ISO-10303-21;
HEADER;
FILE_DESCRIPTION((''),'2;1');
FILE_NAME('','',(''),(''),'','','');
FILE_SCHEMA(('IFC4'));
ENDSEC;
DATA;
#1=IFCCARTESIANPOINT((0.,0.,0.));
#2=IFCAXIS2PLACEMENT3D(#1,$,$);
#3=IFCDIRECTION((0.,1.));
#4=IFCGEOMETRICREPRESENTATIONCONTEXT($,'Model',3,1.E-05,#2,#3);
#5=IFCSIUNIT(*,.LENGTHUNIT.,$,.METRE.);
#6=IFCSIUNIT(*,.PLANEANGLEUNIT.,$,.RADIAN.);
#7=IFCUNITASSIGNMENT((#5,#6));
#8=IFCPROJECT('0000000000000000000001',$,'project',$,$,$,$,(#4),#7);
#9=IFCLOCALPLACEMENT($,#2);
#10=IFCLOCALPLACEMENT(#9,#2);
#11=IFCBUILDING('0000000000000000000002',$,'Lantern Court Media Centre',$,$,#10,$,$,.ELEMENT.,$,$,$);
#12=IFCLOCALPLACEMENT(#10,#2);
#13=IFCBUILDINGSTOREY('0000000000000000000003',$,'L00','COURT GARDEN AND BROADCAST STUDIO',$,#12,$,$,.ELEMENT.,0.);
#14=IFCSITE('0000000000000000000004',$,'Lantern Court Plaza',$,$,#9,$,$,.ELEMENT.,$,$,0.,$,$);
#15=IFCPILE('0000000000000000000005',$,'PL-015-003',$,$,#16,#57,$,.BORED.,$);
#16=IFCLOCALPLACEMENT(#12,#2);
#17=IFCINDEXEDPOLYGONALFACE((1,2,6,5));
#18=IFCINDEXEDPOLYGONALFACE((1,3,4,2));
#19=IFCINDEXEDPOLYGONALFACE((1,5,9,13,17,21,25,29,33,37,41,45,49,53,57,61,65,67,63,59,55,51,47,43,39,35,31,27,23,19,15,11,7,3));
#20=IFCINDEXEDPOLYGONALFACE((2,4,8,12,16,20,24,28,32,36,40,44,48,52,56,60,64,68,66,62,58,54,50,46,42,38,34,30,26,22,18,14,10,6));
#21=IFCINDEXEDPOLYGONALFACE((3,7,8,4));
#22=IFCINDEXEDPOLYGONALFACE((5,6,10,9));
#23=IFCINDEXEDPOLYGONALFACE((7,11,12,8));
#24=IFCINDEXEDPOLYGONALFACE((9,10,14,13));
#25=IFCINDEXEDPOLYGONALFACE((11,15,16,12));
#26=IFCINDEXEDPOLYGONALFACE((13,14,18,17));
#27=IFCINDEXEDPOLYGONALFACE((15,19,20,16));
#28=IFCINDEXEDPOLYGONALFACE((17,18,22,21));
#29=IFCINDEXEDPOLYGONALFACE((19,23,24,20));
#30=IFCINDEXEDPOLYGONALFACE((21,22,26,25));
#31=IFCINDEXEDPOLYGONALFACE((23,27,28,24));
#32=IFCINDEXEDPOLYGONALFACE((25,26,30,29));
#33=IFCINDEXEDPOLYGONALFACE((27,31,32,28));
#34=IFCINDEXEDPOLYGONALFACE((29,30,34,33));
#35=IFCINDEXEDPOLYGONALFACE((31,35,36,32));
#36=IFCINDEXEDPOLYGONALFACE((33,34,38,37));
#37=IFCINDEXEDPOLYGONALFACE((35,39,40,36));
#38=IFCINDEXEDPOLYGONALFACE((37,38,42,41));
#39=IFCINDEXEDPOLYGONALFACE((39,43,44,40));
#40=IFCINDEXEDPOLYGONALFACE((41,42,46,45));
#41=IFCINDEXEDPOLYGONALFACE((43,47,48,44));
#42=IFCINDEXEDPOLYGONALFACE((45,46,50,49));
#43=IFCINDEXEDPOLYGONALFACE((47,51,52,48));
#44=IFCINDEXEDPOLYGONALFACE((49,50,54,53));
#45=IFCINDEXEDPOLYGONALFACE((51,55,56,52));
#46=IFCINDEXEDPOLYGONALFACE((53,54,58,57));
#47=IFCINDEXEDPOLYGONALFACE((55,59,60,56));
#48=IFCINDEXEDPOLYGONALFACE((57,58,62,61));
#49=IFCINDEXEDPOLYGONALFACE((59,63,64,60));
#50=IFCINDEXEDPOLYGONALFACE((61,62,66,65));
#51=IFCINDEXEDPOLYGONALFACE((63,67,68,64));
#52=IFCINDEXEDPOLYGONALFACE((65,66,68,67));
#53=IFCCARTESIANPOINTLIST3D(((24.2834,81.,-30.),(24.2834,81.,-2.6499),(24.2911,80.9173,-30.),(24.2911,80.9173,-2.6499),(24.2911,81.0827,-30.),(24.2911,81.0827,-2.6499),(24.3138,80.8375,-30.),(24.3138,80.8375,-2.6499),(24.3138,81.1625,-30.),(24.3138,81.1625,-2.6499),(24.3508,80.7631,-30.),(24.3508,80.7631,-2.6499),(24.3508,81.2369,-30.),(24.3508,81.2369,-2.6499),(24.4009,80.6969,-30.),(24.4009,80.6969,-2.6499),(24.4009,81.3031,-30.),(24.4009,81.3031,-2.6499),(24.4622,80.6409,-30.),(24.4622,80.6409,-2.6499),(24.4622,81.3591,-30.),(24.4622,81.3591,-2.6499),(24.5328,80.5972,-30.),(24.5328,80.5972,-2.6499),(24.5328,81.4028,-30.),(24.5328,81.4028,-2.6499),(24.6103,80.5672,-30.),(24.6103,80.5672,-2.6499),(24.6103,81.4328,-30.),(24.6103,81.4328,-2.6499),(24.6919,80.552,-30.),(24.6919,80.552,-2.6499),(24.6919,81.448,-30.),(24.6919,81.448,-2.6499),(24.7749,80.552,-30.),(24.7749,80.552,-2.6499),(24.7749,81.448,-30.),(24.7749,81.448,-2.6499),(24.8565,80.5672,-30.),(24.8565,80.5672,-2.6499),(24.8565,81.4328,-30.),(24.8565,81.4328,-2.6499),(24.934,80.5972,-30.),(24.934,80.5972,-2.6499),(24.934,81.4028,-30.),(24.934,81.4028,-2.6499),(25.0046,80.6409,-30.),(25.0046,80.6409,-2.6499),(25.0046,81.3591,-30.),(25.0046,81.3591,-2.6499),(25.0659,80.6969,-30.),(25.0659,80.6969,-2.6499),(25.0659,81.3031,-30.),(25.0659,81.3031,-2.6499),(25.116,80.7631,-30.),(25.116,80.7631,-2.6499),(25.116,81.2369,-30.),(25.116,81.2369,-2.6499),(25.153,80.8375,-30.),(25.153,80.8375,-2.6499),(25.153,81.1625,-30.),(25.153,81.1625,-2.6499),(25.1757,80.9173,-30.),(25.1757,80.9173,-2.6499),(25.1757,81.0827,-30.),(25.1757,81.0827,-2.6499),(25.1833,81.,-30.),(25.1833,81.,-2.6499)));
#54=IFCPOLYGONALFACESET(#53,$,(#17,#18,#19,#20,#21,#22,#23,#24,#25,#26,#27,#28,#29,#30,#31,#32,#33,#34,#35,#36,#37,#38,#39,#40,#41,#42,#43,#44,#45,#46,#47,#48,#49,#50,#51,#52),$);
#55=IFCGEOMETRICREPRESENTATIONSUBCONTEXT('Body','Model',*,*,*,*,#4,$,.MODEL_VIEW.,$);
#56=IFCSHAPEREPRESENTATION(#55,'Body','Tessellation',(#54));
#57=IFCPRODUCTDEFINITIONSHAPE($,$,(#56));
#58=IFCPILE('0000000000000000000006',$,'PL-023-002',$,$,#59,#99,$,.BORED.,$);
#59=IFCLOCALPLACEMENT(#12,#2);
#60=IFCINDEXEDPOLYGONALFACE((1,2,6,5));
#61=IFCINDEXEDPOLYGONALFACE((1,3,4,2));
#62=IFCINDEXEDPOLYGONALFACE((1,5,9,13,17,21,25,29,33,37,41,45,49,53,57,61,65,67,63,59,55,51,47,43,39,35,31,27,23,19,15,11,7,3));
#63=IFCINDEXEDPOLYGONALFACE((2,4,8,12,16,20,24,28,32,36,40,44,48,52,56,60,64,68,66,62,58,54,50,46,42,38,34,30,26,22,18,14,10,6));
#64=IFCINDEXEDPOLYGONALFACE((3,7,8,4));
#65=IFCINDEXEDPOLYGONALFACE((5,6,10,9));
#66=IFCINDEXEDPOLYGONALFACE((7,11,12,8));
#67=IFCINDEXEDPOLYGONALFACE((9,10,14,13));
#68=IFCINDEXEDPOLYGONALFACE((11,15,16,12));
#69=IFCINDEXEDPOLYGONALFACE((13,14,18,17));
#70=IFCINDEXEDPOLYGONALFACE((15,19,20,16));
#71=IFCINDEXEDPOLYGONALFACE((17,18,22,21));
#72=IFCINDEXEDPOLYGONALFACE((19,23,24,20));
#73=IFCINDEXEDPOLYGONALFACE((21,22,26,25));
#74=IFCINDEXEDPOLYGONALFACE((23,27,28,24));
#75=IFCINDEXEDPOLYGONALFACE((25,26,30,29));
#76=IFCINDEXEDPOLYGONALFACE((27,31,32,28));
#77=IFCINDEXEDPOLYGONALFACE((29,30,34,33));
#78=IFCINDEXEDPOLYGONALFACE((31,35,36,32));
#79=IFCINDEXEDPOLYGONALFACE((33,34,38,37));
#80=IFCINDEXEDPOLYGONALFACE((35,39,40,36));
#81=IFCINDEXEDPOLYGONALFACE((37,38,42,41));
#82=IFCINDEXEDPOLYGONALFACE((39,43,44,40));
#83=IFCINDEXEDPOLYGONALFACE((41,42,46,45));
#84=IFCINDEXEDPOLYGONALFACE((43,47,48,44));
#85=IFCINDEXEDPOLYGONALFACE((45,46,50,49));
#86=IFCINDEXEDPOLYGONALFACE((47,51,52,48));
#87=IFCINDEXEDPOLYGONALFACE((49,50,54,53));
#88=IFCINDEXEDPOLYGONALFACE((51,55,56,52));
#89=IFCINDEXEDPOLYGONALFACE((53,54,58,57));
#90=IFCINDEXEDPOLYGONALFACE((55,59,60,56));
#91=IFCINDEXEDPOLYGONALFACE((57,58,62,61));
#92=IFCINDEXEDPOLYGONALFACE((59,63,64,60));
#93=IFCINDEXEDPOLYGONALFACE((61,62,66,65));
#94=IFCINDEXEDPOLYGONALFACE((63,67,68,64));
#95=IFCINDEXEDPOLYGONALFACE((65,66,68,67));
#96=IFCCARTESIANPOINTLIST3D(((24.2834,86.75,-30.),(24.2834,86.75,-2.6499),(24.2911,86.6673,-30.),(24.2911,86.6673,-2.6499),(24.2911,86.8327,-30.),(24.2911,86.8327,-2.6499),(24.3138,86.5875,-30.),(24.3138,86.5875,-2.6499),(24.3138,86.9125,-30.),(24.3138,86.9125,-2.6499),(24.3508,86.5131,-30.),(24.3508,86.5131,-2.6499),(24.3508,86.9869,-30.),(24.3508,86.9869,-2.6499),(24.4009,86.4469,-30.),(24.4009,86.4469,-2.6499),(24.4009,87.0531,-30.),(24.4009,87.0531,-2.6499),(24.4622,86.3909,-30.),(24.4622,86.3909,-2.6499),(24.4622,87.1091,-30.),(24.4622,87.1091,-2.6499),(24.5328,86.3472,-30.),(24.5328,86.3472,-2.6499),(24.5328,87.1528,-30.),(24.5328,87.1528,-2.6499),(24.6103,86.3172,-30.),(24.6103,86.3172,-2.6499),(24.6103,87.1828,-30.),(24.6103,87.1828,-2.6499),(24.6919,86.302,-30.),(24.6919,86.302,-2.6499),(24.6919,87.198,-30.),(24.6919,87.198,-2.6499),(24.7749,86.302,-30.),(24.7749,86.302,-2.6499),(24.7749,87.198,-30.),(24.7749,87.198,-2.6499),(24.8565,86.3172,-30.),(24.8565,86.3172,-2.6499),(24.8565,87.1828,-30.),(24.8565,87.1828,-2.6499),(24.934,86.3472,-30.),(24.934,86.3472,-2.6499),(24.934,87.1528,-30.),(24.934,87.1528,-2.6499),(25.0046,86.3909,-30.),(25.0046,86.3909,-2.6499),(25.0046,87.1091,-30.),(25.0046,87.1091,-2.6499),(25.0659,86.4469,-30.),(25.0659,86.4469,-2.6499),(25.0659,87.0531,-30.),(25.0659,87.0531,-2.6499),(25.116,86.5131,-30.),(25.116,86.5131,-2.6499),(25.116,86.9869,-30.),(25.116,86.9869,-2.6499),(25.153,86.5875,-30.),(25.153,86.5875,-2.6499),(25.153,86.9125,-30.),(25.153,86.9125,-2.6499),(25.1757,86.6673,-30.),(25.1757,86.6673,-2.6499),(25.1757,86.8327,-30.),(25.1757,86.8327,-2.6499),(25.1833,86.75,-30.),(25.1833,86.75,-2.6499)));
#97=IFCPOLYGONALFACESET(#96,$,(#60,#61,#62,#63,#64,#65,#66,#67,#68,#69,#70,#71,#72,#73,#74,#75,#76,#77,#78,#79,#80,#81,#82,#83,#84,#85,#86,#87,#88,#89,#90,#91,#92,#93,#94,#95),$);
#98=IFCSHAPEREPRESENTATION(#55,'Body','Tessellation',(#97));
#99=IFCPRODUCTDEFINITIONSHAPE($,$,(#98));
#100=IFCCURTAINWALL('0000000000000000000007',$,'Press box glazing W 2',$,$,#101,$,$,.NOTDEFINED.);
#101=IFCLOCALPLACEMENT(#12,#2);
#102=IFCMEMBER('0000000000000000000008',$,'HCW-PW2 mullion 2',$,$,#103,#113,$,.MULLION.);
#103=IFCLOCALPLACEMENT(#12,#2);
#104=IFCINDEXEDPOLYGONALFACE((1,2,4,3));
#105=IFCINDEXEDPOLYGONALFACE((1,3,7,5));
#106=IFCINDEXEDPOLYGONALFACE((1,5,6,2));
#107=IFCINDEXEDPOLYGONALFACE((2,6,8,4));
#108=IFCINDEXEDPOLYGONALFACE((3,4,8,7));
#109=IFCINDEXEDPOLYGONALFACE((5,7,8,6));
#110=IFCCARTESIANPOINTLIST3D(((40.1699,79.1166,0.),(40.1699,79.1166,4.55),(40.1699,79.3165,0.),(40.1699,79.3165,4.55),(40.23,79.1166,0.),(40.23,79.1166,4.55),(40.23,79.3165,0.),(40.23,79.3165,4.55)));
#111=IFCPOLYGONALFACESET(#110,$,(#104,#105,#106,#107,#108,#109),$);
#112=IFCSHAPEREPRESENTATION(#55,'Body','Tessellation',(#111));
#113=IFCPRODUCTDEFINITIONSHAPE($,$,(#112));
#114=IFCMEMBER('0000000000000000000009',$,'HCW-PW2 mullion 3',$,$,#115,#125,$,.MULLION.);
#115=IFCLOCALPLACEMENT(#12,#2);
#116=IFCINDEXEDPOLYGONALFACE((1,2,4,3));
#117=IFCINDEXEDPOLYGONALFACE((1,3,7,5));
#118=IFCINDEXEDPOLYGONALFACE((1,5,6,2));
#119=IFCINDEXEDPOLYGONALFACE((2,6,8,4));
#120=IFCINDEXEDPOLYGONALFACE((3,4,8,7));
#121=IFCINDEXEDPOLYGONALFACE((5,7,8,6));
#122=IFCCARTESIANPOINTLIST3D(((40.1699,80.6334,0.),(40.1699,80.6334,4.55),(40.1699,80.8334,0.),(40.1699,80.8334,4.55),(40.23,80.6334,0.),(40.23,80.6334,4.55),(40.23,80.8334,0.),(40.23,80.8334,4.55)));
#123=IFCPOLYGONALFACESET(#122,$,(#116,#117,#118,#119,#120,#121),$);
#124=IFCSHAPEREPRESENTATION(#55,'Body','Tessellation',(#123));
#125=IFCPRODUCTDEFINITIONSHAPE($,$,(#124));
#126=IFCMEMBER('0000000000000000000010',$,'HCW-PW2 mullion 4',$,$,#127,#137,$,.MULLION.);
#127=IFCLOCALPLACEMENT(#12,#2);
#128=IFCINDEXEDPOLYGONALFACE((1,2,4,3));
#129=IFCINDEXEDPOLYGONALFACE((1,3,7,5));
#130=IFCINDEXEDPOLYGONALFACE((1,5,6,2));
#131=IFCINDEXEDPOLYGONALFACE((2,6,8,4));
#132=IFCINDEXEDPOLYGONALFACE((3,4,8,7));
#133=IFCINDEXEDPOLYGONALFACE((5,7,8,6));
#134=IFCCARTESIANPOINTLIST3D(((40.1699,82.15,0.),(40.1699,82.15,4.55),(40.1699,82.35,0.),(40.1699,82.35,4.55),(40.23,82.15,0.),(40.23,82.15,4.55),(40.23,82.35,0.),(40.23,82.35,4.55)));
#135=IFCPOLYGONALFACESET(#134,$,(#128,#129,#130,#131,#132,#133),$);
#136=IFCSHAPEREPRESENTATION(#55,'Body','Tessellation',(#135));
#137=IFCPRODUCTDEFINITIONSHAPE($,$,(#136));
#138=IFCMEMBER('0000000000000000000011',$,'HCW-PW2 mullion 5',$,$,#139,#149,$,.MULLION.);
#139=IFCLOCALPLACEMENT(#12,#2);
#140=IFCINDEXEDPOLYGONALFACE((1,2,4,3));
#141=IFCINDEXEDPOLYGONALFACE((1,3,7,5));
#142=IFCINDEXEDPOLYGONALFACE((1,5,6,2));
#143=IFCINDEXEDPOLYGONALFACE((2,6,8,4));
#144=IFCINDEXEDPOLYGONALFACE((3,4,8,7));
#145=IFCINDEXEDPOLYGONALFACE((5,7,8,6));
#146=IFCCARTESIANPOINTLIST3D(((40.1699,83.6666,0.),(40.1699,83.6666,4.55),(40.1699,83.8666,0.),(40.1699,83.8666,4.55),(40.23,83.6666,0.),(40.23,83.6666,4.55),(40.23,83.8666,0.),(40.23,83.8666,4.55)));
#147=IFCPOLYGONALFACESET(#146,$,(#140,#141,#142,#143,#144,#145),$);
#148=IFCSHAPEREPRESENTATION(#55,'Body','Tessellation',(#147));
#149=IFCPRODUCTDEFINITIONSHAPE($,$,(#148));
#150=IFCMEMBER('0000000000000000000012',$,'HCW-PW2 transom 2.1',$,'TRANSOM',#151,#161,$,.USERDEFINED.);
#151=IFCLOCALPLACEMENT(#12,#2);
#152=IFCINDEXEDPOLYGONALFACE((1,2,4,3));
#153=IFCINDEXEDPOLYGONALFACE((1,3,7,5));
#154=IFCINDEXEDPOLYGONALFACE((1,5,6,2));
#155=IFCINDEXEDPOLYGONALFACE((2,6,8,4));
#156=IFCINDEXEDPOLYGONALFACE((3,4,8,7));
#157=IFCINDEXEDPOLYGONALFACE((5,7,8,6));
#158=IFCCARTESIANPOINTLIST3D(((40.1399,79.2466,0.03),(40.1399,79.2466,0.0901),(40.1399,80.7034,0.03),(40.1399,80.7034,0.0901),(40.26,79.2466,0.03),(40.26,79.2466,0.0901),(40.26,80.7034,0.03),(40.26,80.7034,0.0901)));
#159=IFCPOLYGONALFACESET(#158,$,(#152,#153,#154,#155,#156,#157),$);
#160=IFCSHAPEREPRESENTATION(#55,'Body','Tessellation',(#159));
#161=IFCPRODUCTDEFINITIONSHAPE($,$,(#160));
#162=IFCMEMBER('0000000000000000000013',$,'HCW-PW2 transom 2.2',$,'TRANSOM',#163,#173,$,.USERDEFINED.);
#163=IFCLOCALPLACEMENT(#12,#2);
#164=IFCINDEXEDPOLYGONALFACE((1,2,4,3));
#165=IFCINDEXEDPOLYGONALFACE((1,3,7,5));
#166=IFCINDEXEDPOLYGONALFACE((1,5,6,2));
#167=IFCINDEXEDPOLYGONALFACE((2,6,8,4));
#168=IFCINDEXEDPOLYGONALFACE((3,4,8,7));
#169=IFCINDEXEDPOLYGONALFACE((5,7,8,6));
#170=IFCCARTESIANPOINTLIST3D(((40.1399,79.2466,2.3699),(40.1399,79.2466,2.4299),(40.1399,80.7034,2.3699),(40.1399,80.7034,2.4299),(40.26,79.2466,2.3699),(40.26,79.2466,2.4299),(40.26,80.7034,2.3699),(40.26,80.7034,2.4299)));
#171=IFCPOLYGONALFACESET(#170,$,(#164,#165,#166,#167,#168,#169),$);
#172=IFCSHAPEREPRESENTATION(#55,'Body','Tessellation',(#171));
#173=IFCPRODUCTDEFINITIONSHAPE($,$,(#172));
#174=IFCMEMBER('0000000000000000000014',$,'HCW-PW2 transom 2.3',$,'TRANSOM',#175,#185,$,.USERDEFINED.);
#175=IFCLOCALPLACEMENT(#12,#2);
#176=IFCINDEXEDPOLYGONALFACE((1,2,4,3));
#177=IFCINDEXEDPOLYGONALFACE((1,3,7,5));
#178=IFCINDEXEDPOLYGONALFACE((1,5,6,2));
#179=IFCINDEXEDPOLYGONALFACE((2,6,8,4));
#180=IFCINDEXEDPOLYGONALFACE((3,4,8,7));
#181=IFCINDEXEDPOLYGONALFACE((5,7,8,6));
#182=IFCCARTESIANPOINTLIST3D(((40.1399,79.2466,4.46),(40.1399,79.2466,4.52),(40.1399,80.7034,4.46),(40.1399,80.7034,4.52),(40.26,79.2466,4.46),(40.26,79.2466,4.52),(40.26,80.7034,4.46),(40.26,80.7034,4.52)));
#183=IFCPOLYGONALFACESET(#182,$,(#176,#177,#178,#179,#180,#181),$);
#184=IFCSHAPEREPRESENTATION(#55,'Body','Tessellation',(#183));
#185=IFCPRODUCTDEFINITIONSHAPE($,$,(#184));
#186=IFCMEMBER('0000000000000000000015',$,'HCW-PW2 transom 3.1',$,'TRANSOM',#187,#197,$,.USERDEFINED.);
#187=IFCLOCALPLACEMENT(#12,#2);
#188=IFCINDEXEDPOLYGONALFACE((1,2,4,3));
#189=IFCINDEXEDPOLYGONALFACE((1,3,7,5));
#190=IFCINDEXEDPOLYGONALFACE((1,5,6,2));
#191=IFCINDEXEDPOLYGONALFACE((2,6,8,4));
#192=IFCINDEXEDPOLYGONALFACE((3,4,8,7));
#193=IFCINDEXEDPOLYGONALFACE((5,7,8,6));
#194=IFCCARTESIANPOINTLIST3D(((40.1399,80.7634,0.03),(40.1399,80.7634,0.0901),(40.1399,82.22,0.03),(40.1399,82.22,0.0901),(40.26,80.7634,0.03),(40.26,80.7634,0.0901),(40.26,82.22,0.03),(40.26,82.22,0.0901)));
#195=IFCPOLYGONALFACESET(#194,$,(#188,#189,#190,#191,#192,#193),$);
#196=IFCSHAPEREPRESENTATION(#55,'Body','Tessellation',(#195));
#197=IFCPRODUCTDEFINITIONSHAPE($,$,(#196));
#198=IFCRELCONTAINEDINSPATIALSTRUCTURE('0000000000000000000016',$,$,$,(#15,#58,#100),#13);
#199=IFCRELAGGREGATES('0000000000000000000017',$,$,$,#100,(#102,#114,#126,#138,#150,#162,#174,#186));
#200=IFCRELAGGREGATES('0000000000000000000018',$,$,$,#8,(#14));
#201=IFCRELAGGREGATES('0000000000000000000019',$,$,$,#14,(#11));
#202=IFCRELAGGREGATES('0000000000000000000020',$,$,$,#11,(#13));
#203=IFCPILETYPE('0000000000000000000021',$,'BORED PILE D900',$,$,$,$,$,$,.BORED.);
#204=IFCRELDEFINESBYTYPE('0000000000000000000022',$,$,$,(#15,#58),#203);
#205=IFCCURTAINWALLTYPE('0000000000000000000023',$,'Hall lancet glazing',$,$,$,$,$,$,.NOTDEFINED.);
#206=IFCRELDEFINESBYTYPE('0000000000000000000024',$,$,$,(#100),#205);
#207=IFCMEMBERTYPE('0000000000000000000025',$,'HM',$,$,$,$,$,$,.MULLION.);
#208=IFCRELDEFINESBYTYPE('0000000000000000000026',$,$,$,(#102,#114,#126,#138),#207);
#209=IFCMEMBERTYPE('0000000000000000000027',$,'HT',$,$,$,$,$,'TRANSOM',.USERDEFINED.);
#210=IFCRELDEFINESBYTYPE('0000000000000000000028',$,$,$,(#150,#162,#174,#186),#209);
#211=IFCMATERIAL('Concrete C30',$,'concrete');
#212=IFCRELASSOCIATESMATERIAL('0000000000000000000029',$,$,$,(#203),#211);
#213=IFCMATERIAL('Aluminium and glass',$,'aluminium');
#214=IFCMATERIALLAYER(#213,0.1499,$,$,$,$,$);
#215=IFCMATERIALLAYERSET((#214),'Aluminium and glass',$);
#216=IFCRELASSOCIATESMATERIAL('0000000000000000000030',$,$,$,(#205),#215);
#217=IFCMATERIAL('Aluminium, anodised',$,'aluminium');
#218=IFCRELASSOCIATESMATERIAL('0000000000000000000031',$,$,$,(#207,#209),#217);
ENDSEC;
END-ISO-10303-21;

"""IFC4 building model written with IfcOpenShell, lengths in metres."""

from ifc_helpers import new_model, si_unit, direction, frame, origin, origin_2d, place, context, subcontext, project, spatial, rectangle, circle, extrude, material, layer, layer_set, material_profile, profile_set, type_object, element, aggregate, save


model = new_model("IFC4")

# Units and contexts
model_context = context("Model", 3, precision=1e-05, world=origin(), true_north=direction((0.0, 1.0)))
body_context = subcontext(model_context, "Body", "Model", "MODEL_VIEW")
ifc_project = project(units=[si_unit("LENGTHUNIT", "METRE"), si_unit("PLANEANGLEUNIT", "RADIAN")], contexts=[model_context])

# Site, building, storey
site_placement = place(None, origin())
site = spatial("IfcSite", under=ifc_project, at=site_placement, Name="Lantern Court Plaza", CompositionType="ELEMENT", RefElevation=0.0)
building_placement = place(site_placement, origin())
building = spatial("IfcBuilding", under=site, at=building_placement, Name="Lantern Court Media Centre", CompositionType="ELEMENT")
storey_placement = place(building_placement, origin())
storey = spatial("IfcBuildingStorey", under=building, at=storey_placement, Name="L00", Description="COURT GARDEN AND BROADCAST STUDIO", CompositionType="ELEMENT", Elevation=0.0)

# Piles
ifc_material_1 = material(Name="Concrete C30", Category="concrete")
ifc_material_profile_1 = material_profile(ifc_material_1, circle(Radius=0.45, at=origin_2d()), Name="D900")
ifc_profile_set_1 = profile_set([ifc_material_profile_1], Name="Concrete C30")
pile_type_1 = type_object("IfcPileType", Name="BORED PILE D900", PredefinedType="BORED", material=ifc_profile_set_1)
for number, where, z_axis, x_axis, name in (
    (1, (24.7334, 81.0, -2.6499), (0.0, 0.0, -1.0), (1.0, 0.0, 0.0), "PL-015-003"),
    (2, (24.7334, 86.75, -2.6499), (0.0, 0.0, -1.0), (1.0, 0.0, 0.0), "PL-023-002"),
):
    element("IfcPile", number, at=place(storey_placement, frame(where, z_axis=z_axis, x_axis=x_axis)), inside=storey, type_object=pile_type_1, Name=name, PredefinedType="BORED", context=body_context, shape_type="SweptSolid", body=[
        extrude(circle(Radius=0.45, at=origin_2d()), origin(), (0.0, 0.0, 1.0), 27.3501),
    ])

# Curtain wall, members
ifc_material_2 = material(Name="Aluminium and glass", Category="aluminium")
ifc_layer_1 = layer(ifc_material_2, 0.1499)
ifc_layer_set_1 = layer_set([ifc_layer_1], Name="Aluminium and glass")
curtain_wall_type = type_object("IfcCurtainWallType", Name="Hall lancet glazing", PredefinedType="NOTDEFINED", material=ifc_layer_set_1)
curtain_wall_placement = place(storey_placement, origin())
curtain_wall = element("IfcCurtainWall", 3, at=curtain_wall_placement, inside=storey, type_object=curtain_wall_type, Name="Press box glazing W 2", PredefinedType="NOTDEFINED")
ifc_material_3 = material(Name="Aluminium, anodised", Category="aluminium")
ifc_material_profile_2 = material_profile(ifc_material_3, rectangle(XDim=0.0601, YDim=0.2, at=origin_2d()), Name="HM")
ifc_profile_set_2 = profile_set([ifc_material_profile_2], Name="Aluminium, anodised")
member_type_1 = type_object("IfcMemberType", Name="HM", PredefinedType="MULLION", material=ifc_profile_set_2)
member_1_placement = place(storey_placement, frame((40.2, 79.2166, 0.0), z_axis=(0.0, 0.0, 1.0), x_axis=(-1.0, 0.0, 0.0)))
member_1 = element("IfcMember", 4, at=member_1_placement, type_object=member_type_1, Name="HCW-PW2 mullion 2", PredefinedType="MULLION", context=body_context, shape_type="SweptSolid", body=[
    extrude(rectangle(XDim=0.0601, YDim=0.2, at=origin_2d()), origin(), (0.0, 0.0, 1.0), 4.55),
])
member_2_placement = place(storey_placement, frame((40.2, 80.7334, 0.0), z_axis=(0.0, 0.0, 1.0), x_axis=(-1.0, 0.0, 0.0)))
member_2 = element("IfcMember", 5, at=member_2_placement, type_object=member_type_1, Name="HCW-PW2 mullion 3", PredefinedType="MULLION", context=body_context, shape_type="SweptSolid", body=[
    extrude(rectangle(XDim=0.0601, YDim=0.2, at=origin_2d()), origin(), (0.0, 0.0, 1.0), 4.55),
])
member_3_placement = place(storey_placement, frame((40.2, 82.25, 0.0), z_axis=(0.0, 0.0, 1.0), x_axis=(-1.0, 0.0, 0.0)))
member_3 = element("IfcMember", 6, at=member_3_placement, type_object=member_type_1, Name="HCW-PW2 mullion 4", PredefinedType="MULLION", context=body_context, shape_type="SweptSolid", body=[
    extrude(rectangle(XDim=0.0601, YDim=0.2, at=origin_2d()), origin(), (0.0, 0.0, 1.0), 4.55),
])
member_4_placement = place(storey_placement, frame((40.2, 83.7666, 0.0), z_axis=(0.0, 0.0, 1.0), x_axis=(-1.0, 0.0, 0.0)))
member_4 = element("IfcMember", 7, at=member_4_placement, type_object=member_type_1, Name="HCW-PW2 mullion 5", PredefinedType="MULLION", context=body_context, shape_type="SweptSolid", body=[
    extrude(rectangle(XDim=0.0601, YDim=0.2, at=origin_2d()), origin(), (0.0, 0.0, 1.0), 4.55),
])
ifc_material_profile_3 = material_profile(ifc_material_3, rectangle(XDim=0.1201, YDim=0.0601, at=origin_2d()), Name="HT")
ifc_profile_set_3 = profile_set([ifc_material_profile_3], Name="Aluminium, anodised")
member_type_2 = type_object("IfcMemberType", Name="HT", ElementType="TRANSOM", PredefinedType="USERDEFINED", material=ifc_profile_set_3)
member_5_placement = place(storey_placement, frame((40.2, 79.2466, 0.0601), z_axis=(0.0, 1.0, 0.0), x_axis=(-1.0, 0.0, 0.0)))
member_5 = element("IfcMember", 8, at=member_5_placement, type_object=member_type_2, Name="HCW-PW2 transom 2.1", ObjectType="TRANSOM", PredefinedType="USERDEFINED", context=body_context, shape_type="SweptSolid", body=[
    extrude(rectangle(XDim=0.1201, YDim=0.0601, at=origin_2d()), origin(), (0.0, 0.0, 1.0), 1.4568),
])
member_6_placement = place(storey_placement, frame((40.2, 79.2466, 2.3999), z_axis=(0.0, 1.0, 0.0), x_axis=(-1.0, 0.0, 0.0)))
member_6 = element("IfcMember", 9, at=member_6_placement, type_object=member_type_2, Name="HCW-PW2 transom 2.2", ObjectType="TRANSOM", PredefinedType="USERDEFINED", context=body_context, shape_type="SweptSolid", body=[
    extrude(rectangle(XDim=0.1201, YDim=0.0601, at=origin_2d()), origin(), (0.0, 0.0, 1.0), 1.4568),
])
member_7_placement = place(storey_placement, frame((40.2, 79.2466, 4.49), z_axis=(0.0, 1.0, 0.0), x_axis=(-1.0, 0.0, 0.0)))
member_7 = element("IfcMember", 10, at=member_7_placement, type_object=member_type_2, Name="HCW-PW2 transom 2.3", ObjectType="TRANSOM", PredefinedType="USERDEFINED", context=body_context, shape_type="SweptSolid", body=[
    extrude(rectangle(XDim=0.1201, YDim=0.0601, at=origin_2d()), origin(), (0.0, 0.0, 1.0), 1.4568),
])
member_8_placement = place(storey_placement, frame((40.2, 80.7634, 0.0601), z_axis=(0.0, 1.0, 0.0), x_axis=(-1.0, 0.0, 0.0)))
member_8 = element("IfcMember", 11, at=member_8_placement, type_object=member_type_2, Name="HCW-PW2 transom 3.1", ObjectType="TRANSOM", PredefinedType="USERDEFINED", context=body_context, shape_type="SweptSolid", body=[
    extrude(rectangle(XDim=0.1201, YDim=0.0601, at=origin_2d()), origin(), (0.0, 0.0, 1.0), 1.4565),
])
aggregate(curtain_wall, [member_1, member_2, member_3, member_4, member_5, member_6, member_7, member_8])

save(model, "model.ifc")
